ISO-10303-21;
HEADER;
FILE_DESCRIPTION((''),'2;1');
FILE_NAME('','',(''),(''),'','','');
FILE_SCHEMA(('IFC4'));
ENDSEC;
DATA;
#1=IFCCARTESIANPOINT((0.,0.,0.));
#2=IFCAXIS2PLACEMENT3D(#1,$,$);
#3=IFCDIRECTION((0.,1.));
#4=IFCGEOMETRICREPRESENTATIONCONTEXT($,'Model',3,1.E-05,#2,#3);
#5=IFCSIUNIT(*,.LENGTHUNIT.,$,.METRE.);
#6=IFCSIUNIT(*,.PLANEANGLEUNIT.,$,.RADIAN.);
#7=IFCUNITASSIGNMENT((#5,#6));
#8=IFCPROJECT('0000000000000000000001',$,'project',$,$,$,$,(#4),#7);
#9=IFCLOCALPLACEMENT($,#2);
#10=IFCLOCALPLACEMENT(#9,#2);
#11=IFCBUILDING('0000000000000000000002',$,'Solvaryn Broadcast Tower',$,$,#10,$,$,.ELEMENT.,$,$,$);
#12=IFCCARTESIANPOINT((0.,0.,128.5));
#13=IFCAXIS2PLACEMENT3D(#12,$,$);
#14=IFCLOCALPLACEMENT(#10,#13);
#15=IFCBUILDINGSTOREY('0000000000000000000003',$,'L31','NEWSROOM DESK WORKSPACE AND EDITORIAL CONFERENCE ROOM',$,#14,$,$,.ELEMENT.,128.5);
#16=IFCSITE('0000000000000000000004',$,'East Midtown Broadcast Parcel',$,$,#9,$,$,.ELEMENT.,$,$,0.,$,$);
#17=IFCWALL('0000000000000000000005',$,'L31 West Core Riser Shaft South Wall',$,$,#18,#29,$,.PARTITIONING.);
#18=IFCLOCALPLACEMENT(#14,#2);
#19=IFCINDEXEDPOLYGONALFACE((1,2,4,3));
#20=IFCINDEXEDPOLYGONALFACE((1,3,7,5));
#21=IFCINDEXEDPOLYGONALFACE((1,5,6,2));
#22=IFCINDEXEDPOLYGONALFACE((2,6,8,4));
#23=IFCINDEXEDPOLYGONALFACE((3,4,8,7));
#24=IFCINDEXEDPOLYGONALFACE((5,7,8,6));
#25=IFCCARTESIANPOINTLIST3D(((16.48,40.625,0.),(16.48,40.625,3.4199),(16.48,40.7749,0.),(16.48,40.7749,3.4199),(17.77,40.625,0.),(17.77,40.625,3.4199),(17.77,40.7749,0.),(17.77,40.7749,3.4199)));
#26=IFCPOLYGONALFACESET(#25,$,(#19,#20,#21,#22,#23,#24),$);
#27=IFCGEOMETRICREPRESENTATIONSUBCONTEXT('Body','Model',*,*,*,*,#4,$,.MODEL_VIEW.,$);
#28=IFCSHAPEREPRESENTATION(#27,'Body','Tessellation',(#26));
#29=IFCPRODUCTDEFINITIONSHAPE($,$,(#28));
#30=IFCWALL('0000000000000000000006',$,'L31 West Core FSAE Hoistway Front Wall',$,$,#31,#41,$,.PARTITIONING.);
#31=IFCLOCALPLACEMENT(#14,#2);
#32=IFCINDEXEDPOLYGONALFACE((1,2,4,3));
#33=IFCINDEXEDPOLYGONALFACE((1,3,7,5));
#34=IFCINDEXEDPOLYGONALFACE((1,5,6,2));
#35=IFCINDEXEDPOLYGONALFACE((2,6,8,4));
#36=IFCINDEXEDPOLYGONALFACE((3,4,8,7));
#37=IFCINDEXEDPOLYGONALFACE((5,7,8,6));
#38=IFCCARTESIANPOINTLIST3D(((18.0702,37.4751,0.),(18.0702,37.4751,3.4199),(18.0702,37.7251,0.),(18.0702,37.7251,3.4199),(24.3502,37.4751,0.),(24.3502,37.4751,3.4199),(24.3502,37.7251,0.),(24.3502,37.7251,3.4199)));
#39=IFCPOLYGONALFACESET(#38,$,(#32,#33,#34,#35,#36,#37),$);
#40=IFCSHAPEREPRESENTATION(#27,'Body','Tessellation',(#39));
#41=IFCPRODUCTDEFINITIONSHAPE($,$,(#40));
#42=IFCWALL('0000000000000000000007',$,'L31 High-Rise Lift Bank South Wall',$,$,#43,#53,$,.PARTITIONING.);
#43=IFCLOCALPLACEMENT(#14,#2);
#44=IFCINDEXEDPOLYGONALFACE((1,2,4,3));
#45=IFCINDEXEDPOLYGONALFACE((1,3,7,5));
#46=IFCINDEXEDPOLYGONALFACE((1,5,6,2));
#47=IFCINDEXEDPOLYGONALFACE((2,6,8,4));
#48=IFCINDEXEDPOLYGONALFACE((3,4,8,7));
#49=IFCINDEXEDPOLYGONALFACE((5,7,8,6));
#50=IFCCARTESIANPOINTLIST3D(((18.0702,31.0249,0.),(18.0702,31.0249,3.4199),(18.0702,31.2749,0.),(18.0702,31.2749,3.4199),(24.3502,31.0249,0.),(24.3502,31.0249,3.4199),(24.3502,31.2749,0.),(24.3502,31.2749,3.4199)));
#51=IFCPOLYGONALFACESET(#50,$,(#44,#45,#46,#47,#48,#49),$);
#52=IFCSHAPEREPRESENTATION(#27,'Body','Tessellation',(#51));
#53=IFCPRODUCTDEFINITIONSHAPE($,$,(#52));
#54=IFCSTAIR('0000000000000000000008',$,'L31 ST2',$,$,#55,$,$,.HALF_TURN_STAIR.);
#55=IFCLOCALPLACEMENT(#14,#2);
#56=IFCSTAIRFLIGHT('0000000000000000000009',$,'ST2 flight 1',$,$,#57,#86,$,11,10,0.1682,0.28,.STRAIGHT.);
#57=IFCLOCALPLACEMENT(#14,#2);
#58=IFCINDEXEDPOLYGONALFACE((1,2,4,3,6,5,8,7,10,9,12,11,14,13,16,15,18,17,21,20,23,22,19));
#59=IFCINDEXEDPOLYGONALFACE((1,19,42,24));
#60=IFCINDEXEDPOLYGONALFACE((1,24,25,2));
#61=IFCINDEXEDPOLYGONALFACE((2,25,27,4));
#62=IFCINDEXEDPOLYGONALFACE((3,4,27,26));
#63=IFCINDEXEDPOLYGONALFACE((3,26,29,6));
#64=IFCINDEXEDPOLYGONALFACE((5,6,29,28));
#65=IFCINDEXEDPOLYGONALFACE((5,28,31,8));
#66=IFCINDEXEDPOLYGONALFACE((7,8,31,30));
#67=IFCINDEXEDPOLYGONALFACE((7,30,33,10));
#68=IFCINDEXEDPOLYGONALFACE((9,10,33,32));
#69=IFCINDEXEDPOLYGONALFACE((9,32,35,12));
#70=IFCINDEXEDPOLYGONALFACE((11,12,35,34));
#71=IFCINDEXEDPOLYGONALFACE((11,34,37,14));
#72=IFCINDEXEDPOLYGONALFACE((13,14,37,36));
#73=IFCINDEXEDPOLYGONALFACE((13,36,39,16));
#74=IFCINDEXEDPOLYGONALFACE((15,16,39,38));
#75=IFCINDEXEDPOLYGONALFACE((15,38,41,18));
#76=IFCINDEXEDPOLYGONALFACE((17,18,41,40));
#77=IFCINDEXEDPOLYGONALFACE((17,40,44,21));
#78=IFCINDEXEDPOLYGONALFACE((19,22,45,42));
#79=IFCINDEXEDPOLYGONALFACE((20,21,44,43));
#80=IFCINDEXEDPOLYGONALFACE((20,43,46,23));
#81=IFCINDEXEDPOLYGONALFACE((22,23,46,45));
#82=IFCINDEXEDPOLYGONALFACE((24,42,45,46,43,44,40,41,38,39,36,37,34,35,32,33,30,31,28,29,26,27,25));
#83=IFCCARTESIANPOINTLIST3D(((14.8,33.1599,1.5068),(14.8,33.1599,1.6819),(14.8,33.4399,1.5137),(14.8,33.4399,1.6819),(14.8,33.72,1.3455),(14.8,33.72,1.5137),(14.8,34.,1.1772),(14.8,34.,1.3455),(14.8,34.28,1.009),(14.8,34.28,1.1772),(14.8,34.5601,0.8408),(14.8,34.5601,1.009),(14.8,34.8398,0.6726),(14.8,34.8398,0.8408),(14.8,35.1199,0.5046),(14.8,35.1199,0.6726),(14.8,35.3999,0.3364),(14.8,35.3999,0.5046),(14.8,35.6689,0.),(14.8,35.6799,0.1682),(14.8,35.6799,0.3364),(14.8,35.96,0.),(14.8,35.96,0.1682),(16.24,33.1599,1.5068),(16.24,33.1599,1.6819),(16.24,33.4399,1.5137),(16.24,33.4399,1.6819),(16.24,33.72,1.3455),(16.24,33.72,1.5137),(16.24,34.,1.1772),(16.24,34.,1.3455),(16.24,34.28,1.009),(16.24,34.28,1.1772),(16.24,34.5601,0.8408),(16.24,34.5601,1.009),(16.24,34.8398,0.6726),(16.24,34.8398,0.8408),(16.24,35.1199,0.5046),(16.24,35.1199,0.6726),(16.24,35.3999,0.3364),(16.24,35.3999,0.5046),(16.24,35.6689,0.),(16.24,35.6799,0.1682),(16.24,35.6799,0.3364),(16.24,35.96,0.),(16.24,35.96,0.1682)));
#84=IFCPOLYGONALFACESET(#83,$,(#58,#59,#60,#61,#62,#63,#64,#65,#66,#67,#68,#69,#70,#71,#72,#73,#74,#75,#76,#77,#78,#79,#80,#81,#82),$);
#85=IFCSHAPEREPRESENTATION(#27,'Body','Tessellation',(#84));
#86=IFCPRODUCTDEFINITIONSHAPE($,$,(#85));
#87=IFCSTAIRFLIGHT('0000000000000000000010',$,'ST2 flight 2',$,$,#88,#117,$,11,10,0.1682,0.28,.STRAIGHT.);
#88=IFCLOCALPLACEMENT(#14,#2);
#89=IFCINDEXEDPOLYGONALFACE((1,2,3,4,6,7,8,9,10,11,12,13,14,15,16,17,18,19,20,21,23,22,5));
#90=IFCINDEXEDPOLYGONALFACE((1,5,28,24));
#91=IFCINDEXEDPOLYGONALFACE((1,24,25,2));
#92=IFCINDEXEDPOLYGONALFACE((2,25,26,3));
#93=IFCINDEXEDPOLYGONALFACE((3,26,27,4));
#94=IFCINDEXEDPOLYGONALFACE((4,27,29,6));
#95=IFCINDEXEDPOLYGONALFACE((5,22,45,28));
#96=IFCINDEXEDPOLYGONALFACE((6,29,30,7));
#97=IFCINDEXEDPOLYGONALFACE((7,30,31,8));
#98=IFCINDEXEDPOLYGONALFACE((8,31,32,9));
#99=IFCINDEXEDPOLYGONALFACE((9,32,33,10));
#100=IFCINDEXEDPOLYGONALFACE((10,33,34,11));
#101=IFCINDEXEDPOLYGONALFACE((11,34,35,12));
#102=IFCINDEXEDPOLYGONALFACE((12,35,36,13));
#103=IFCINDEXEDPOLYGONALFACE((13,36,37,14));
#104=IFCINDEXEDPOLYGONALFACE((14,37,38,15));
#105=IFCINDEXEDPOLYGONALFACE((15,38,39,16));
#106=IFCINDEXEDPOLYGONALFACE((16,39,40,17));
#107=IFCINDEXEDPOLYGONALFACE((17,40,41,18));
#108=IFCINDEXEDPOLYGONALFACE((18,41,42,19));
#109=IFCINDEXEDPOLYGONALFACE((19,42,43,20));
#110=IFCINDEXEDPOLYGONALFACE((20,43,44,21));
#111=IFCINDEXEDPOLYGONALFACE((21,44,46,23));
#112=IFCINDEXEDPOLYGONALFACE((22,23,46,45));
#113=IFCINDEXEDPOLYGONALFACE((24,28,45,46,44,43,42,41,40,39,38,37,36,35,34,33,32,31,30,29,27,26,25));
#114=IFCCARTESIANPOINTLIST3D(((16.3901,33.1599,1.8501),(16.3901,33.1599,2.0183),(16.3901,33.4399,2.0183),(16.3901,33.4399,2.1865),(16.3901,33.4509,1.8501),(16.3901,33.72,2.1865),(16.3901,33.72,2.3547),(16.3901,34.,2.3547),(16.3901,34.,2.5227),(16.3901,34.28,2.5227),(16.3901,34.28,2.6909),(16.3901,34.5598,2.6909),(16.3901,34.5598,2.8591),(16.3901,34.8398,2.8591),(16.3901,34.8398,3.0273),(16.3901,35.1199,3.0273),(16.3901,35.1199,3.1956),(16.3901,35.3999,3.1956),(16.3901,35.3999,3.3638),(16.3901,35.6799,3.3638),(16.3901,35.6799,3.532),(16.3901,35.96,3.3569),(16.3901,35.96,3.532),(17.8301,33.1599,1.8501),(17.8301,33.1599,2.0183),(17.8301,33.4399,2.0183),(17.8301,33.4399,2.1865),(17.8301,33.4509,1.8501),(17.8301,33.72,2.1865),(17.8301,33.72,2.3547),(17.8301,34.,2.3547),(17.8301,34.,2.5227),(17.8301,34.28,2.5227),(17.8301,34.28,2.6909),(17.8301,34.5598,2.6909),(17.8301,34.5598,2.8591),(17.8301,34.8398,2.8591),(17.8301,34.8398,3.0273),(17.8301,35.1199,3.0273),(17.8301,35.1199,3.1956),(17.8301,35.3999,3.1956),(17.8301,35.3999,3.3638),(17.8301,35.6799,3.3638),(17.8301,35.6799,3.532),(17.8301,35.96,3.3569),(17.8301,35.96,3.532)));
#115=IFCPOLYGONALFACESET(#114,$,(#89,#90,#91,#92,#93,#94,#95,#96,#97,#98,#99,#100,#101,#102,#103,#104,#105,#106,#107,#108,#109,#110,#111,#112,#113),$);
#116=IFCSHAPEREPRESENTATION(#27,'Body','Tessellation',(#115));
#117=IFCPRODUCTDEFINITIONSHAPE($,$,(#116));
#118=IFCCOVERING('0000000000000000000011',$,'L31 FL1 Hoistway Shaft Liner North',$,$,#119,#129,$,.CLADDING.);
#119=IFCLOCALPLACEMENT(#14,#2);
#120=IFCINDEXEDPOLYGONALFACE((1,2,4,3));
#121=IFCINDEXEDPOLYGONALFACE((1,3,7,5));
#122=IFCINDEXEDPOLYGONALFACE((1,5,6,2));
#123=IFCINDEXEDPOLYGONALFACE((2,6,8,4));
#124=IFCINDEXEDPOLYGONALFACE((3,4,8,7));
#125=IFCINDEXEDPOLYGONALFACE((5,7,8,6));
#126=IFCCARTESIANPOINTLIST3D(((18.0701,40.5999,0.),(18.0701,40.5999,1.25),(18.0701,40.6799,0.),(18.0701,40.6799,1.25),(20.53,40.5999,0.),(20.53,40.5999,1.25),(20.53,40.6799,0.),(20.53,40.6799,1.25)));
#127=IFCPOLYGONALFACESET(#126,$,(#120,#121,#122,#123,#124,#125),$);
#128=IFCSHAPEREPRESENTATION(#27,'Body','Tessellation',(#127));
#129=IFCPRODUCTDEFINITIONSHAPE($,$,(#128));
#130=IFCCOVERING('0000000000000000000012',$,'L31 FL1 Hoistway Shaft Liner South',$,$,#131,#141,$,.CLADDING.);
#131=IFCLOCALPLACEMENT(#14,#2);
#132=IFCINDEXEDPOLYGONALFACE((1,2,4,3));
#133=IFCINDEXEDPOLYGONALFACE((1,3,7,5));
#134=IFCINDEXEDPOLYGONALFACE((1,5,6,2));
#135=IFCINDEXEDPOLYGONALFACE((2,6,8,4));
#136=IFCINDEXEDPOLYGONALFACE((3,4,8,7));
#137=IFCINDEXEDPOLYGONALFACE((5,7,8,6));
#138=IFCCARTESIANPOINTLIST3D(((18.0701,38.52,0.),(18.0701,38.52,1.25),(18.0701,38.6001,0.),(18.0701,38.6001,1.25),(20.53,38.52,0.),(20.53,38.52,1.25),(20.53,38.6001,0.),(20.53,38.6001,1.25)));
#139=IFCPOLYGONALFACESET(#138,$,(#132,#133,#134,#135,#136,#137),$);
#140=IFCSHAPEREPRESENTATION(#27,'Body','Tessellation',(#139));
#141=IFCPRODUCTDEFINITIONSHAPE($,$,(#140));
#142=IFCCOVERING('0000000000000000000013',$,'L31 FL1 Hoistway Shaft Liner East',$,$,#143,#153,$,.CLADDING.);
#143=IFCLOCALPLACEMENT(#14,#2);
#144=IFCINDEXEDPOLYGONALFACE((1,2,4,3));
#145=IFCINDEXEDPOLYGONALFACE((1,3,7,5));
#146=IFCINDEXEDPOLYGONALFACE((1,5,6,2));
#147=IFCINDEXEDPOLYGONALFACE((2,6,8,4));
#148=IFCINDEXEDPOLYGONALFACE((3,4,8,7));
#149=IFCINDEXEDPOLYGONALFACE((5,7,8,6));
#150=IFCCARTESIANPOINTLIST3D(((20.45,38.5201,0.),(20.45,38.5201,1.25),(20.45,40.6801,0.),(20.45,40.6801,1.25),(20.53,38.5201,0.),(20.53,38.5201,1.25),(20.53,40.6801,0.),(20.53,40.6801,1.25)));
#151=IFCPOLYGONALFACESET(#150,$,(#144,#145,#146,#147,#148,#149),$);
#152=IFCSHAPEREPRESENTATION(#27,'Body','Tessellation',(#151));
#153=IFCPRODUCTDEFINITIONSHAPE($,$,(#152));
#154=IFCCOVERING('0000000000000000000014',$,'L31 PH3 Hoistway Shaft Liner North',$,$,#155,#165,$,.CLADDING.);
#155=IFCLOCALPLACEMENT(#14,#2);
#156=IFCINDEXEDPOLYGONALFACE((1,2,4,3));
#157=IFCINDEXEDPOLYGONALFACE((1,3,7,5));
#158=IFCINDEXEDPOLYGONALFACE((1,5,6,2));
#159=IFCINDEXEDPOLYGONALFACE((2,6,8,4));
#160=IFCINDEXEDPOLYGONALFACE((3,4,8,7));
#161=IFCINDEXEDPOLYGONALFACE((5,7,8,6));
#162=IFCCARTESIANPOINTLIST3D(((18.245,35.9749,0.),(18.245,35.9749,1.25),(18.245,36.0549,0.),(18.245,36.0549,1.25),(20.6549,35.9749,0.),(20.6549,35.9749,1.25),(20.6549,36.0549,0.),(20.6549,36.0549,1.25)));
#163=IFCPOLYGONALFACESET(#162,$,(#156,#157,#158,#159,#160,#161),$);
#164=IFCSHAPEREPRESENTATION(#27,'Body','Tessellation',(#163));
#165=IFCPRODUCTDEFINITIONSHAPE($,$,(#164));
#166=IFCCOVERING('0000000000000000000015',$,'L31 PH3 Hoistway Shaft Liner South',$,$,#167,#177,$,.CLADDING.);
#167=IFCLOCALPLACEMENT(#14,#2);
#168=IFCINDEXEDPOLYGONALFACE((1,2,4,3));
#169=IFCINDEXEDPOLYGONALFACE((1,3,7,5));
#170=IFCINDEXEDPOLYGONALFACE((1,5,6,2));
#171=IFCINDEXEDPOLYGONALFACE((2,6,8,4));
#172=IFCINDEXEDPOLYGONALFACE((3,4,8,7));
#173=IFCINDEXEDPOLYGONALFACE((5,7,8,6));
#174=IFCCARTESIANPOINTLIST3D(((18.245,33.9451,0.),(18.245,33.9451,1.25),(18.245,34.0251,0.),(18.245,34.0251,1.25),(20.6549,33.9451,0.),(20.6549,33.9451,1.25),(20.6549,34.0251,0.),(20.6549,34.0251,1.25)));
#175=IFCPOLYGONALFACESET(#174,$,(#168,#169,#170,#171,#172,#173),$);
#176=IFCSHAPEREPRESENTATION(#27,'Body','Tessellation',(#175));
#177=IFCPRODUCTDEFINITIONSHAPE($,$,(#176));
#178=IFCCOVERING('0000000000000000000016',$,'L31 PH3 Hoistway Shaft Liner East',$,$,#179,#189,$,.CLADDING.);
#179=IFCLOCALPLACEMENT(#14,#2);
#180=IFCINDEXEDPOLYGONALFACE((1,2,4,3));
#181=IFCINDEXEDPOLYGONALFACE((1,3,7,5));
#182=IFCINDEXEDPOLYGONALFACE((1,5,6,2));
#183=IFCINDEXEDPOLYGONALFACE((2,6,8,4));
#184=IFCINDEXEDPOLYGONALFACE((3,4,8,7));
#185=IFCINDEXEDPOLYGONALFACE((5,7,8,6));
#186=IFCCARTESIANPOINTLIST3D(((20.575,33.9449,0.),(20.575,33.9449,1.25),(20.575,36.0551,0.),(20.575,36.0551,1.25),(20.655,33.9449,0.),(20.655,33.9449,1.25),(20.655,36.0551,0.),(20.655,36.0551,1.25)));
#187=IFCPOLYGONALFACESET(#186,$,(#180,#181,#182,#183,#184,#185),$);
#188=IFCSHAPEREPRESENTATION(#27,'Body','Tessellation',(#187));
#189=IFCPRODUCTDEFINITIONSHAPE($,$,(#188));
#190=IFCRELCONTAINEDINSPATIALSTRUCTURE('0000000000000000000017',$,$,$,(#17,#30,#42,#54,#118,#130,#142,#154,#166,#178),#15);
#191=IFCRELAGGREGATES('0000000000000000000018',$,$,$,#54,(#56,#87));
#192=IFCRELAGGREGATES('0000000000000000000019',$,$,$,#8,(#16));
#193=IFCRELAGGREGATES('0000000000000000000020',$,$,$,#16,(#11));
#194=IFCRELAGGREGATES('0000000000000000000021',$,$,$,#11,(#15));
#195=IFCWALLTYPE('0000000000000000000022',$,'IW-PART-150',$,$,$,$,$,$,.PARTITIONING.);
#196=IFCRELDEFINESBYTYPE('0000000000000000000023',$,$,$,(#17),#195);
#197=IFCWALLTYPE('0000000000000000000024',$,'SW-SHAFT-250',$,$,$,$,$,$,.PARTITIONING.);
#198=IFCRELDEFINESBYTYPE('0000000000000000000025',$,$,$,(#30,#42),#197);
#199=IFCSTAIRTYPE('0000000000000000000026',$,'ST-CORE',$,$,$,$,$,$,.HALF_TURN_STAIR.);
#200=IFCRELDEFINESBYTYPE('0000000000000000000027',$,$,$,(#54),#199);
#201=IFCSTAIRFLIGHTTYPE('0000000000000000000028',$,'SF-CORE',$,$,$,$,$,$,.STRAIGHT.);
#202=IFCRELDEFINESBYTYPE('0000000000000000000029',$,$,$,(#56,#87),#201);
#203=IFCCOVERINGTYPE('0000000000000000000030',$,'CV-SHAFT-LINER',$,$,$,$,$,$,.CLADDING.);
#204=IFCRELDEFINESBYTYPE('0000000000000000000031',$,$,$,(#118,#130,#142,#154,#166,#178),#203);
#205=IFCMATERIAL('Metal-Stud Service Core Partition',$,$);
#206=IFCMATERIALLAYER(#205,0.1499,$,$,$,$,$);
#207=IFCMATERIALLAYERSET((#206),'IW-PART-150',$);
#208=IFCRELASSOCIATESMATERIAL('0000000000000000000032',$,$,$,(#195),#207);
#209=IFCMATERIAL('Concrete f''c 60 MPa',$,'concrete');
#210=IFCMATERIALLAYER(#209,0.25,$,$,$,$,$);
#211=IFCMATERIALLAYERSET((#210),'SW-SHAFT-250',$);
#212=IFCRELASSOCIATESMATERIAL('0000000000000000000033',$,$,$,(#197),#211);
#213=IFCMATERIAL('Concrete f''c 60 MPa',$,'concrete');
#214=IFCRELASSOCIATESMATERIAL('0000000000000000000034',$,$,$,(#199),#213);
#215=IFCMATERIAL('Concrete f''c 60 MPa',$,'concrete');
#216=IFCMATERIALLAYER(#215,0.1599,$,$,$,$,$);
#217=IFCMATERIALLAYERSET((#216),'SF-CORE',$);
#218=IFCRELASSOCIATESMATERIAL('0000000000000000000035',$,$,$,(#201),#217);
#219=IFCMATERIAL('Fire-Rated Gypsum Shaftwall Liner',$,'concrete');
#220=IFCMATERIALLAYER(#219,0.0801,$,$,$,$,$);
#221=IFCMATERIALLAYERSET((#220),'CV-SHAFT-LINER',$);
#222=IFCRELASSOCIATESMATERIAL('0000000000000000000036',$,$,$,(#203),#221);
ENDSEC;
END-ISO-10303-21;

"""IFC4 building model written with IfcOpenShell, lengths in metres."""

from ifc_helpers import new_model, si_unit, direction, frame, frame_2d, origin, origin_2d, place, context, subcontext, project, spatial, polyline, rectangle, outline, extrude, material, layer, layer_set, type_object, element, aggregate, save


model = new_model("IFC4")

# Units and contexts
model_context = context("Model", 3, precision=1e-05, world=origin(), true_north=direction((0.0, 1.0)))
body_context = subcontext(model_context, "Body", "Model", "MODEL_VIEW")
ifc_project = project(units=[si_unit("LENGTHUNIT", "METRE"), si_unit("PLANEANGLEUNIT", "RADIAN")], contexts=[model_context])

# Site, building, storey
site_placement = place(None, origin())
site = spatial("IfcSite", under=ifc_project, at=site_placement, Name="East Midtown Broadcast Parcel", CompositionType="ELEMENT", RefElevation=0.0)
building_placement = place(site_placement, origin())
building = spatial("IfcBuilding", under=site, at=building_placement, Name="Solvaryn Broadcast Tower", CompositionType="ELEMENT")
storey_placement = place(building_placement, frame((0.0, 0.0, 128.5)))
storey = spatial("IfcBuildingStorey", under=building, at=storey_placement, Name="L31", Description="NEWSROOM DESK WORKSPACE AND EDITORIAL CONFERENCE ROOM", CompositionType="ELEMENT", Elevation=128.5)

# Walls
ifc_material_1 = material(Name="Metal-Stud Service Core Partition")
ifc_layer_1 = layer(ifc_material_1, 0.1499)
ifc_layer_set_1 = layer_set([ifc_layer_1], Name="IW-PART-150")
wall_type_1 = type_object("IfcWallType", Name="IW-PART-150", PredefinedType="PARTITIONING", material=ifc_layer_set_1)
wall_1_placement = place(storey_placement, frame((16.48, 40.7, 0.0), z_axis=(0.0, 0.0, 1.0), x_axis=(1.0, 0.0, 0.0)))
element("IfcWall", 1, at=wall_1_placement, inside=storey, type_object=wall_type_1, Name="L31 West Core Riser Shaft South Wall", PredefinedType="PARTITIONING", context=body_context, shape_type="SweptSolid", body=[
    extrude(rectangle(XDim=1.29, YDim=0.1499, at=frame_2d((0.645, 0.0))), origin(), (0.0, 0.0, 1.0), 3.4199),
])
ifc_material_2 = material(Name="Concrete f'c 60 MPa", Category="concrete")
ifc_layer_2 = layer(ifc_material_2, 0.25)
ifc_layer_set_2 = layer_set([ifc_layer_2], Name="SW-SHAFT-250")
wall_type_2 = type_object("IfcWallType", Name="SW-SHAFT-250", PredefinedType="PARTITIONING", material=ifc_layer_set_2)
for number, where, z_axis, x_axis, name in (
    (2, (18.0701, 37.6001, 0.0), (0.0, 0.0, 1.0), (1.0, 0.0, 0.0), "L31 West Core FSAE Hoistway Front Wall"),
    (3, (18.0701, 31.1499, 0.0), (0.0, 0.0, 1.0), (1.0, 0.0, 0.0), "L31 High-Rise Lift Bank South Wall"),
):
    element("IfcWall", number, at=place(storey_placement, frame(where, z_axis=z_axis, x_axis=x_axis)), inside=storey, type_object=wall_type_2, Name=name, PredefinedType="PARTITIONING", context=body_context, shape_type="SweptSolid", body=[
        extrude(rectangle(XDim=6.28, YDim=0.25, at=frame_2d((3.1401, 0.0))), origin(), (0.0, 0.0, 1.0), 3.4199),
    ])

# Stair, stair flights
ifc_material_3 = material(Name="Concrete f'c 60 MPa", Category="concrete")
stair_type = type_object("IfcStairType", Name="ST-CORE", PredefinedType="HALF_TURN_STAIR", material=ifc_material_3)
stair_placement = place(storey_placement, origin())
stair = element("IfcStair", 4, at=stair_placement, inside=storey, type_object=stair_type, Name="L31 ST2", PredefinedType="HALF_TURN_STAIR")
ifc_material_4 = material(Name="Concrete f'c 60 MPa", Category="concrete")
ifc_layer_3 = layer(ifc_material_4, 0.1599)
ifc_layer_set_3 = layer_set([ifc_layer_3], Name="SF-CORE")
stair_flight_type = type_object("IfcStairFlightType", Name="SF-CORE", PredefinedType="STRAIGHT", material=ifc_layer_set_3)
stair_flight_1_placement = place(storey_placement, frame((15.52, 35.96, 0.0), z_axis=(0.0, 0.0, 1.0), x_axis=(0.0, -1.0, 0.0)))
stair_flight_1 = element("IfcStairFlight", 5, at=stair_flight_1_placement, type_object=stair_flight_type, Name="ST2 flight 1", NumberOfRisers=11, NumberOfTreads=10, PredefinedType="STRAIGHT", RiserHeight=0.1682, TreadLength=0.28, context=body_context, shape_type="SweptSolid", body=[
    extrude(outline(polyline([(0.0, 0.0), (0.0, 0.1682), (0.28, 0.1682), (0.28, 0.3364), (0.5601, 0.3364), (0.5601, 0.5046), (0.8401, 0.5046), (0.8401, 0.6726), (1.1201, 0.6726), (1.1201, 0.8408), (1.3999, 0.8408), (1.3999, 1.009), (1.6799, 1.009), (1.6799, 1.1772), (1.96, 1.1772), (1.96, 1.3455), (2.24, 1.3455), (2.24, 1.5137), (2.52, 1.5137), (2.52, 1.6819), (2.8, 1.6819), (2.8, 1.8501), (2.8, 1.5068), (0.291, 0.0), (0.0, 0.0)])), frame((0.0, 0.72, 0.0), z_axis=(0.0, -1.0, 0.0), x_axis=(1.0, 0.0, 0.0)), (0.0, 0.0, 1.0), 1.4399),
])
stair_flight_2_placement = place(storey_placement, frame((17.1101, 33.1599, 1.8501), z_axis=(0.0, 0.0, 1.0), x_axis=(0.0, 1.0, 0.0)))
stair_flight_2 = element("IfcStairFlight", 6, at=stair_flight_2_placement, type_object=stair_flight_type, Name="ST2 flight 2", NumberOfRisers=11, NumberOfTreads=10, PredefinedType="STRAIGHT", RiserHeight=0.1682, TreadLength=0.28, context=body_context, shape_type="SweptSolid", body=[
    extrude(outline(polyline([(0.0, 0.0), (0.0, 0.1682), (0.28, 0.1682), (0.28, 0.3364), (0.5601, 0.3364), (0.5601, 0.5046), (0.8401, 0.5046), (0.8401, 0.6726), (1.1201, 0.6726), (1.1201, 0.8408), (1.3999, 0.8408), (1.3999, 1.009), (1.6799, 1.009), (1.6799, 1.1772), (1.96, 1.1772), (1.96, 1.3455), (2.24, 1.3455), (2.24, 1.5137), (2.52, 1.5137), (2.52, 1.6819), (2.8, 1.6819), (2.8, 1.8501), (2.8, 1.5068), (0.291, 0.0), (0.0, 0.0)])), frame((0.0, 0.72, 0.0), z_axis=(0.0, -1.0, 0.0), x_axis=(1.0, 0.0, 0.0)), (0.0, 0.0, 1.0), 1.4399),
])
aggregate(stair, [stair_flight_1, stair_flight_2])

# Coverings
ifc_material_5 = material(Name="Fire-Rated Gypsum Shaftwall Liner", Category="concrete")
ifc_layer_4 = layer(ifc_material_5, 0.0801)
ifc_layer_set_4 = layer_set([ifc_layer_4], Name="CV-SHAFT-LINER")
covering_type = type_object("IfcCoveringType", Name="CV-SHAFT-LINER", PredefinedType="CLADDING", material=ifc_layer_set_4)
for number, where, z_axis, x_axis, name in (
    (7, (19.3, 40.6399, 0.0), (0.0, 0.0, 1.0), (1.0, 0.0, 0.0), "L31 FL1 Hoistway Shaft Liner North"),
    (8, (19.3, 38.5601, 0.0), (0.0, 0.0, 1.0), (1.0, 0.0, 0.0), "L31 FL1 Hoistway Shaft Liner South"),
):
    element("IfcCovering", number, at=place(storey_placement, frame(where, z_axis=z_axis, x_axis=x_axis)), inside=storey, type_object=covering_type, Name=name, PredefinedType="CLADDING", context=body_context, shape_type="SweptSolid", body=[
        extrude(rectangle(XDim=2.46, YDim=0.0801, at=origin_2d()), origin(), (0.0, 0.0, 1.0), 1.25),
    ])
covering_1_placement = place(storey_placement, frame((20.49, 39.6001, 0.0), z_axis=(0.0, 0.0, 1.0), x_axis=(1.0, 0.0, 0.0)))
element("IfcCovering", 9, at=covering_1_placement, inside=storey, type_object=covering_type, Name="L31 FL1 Hoistway Shaft Liner East", PredefinedType="CLADDING", context=body_context, shape_type="SweptSolid", body=[
    extrude(rectangle(XDim=0.0801, YDim=2.1599, at=origin_2d()), origin(), (0.0, 0.0, 1.0), 1.25),
])
for number, where, z_axis, x_axis, name in (
    (10, (19.45, 36.0149, 0.0), (0.0, 0.0, 1.0), (1.0, 0.0, 0.0), "L31 PH3 Hoistway Shaft Liner North"),
    (11, (19.45, 33.9851, 0.0), (0.0, 0.0, 1.0), (1.0, 0.0, 0.0), "L31 PH3 Hoistway Shaft Liner South"),
):
    element("IfcCovering", number, at=place(storey_placement, frame(where, z_axis=z_axis, x_axis=x_axis)), inside=storey, type_object=covering_type, Name=name, PredefinedType="CLADDING", context=body_context, shape_type="SweptSolid", body=[
        extrude(rectangle(XDim=2.4099, YDim=0.0801, at=origin_2d()), origin(), (0.0, 0.0, 1.0), 1.25),
    ])
for number, where, z_axis, x_axis, name in (
    (12, (20.615, 35.0, 0.0), (0.0, 0.0, 1.0), (1.0, 0.0, 0.0), "L31 PH3 Hoistway Shaft Liner East"),
):
    element("IfcCovering", number, at=place(storey_placement, frame(where, z_axis=z_axis, x_axis=x_axis)), inside=storey, type_object=covering_type, Name=name, PredefinedType="CLADDING", context=body_context, shape_type="SweptSolid", body=[
        extrude(rectangle(XDim=0.0801, YDim=2.1101, at=origin_2d()), origin(), (0.0, 0.0, 1.0), 1.25),
    ])

save(model, "model.ifc")
